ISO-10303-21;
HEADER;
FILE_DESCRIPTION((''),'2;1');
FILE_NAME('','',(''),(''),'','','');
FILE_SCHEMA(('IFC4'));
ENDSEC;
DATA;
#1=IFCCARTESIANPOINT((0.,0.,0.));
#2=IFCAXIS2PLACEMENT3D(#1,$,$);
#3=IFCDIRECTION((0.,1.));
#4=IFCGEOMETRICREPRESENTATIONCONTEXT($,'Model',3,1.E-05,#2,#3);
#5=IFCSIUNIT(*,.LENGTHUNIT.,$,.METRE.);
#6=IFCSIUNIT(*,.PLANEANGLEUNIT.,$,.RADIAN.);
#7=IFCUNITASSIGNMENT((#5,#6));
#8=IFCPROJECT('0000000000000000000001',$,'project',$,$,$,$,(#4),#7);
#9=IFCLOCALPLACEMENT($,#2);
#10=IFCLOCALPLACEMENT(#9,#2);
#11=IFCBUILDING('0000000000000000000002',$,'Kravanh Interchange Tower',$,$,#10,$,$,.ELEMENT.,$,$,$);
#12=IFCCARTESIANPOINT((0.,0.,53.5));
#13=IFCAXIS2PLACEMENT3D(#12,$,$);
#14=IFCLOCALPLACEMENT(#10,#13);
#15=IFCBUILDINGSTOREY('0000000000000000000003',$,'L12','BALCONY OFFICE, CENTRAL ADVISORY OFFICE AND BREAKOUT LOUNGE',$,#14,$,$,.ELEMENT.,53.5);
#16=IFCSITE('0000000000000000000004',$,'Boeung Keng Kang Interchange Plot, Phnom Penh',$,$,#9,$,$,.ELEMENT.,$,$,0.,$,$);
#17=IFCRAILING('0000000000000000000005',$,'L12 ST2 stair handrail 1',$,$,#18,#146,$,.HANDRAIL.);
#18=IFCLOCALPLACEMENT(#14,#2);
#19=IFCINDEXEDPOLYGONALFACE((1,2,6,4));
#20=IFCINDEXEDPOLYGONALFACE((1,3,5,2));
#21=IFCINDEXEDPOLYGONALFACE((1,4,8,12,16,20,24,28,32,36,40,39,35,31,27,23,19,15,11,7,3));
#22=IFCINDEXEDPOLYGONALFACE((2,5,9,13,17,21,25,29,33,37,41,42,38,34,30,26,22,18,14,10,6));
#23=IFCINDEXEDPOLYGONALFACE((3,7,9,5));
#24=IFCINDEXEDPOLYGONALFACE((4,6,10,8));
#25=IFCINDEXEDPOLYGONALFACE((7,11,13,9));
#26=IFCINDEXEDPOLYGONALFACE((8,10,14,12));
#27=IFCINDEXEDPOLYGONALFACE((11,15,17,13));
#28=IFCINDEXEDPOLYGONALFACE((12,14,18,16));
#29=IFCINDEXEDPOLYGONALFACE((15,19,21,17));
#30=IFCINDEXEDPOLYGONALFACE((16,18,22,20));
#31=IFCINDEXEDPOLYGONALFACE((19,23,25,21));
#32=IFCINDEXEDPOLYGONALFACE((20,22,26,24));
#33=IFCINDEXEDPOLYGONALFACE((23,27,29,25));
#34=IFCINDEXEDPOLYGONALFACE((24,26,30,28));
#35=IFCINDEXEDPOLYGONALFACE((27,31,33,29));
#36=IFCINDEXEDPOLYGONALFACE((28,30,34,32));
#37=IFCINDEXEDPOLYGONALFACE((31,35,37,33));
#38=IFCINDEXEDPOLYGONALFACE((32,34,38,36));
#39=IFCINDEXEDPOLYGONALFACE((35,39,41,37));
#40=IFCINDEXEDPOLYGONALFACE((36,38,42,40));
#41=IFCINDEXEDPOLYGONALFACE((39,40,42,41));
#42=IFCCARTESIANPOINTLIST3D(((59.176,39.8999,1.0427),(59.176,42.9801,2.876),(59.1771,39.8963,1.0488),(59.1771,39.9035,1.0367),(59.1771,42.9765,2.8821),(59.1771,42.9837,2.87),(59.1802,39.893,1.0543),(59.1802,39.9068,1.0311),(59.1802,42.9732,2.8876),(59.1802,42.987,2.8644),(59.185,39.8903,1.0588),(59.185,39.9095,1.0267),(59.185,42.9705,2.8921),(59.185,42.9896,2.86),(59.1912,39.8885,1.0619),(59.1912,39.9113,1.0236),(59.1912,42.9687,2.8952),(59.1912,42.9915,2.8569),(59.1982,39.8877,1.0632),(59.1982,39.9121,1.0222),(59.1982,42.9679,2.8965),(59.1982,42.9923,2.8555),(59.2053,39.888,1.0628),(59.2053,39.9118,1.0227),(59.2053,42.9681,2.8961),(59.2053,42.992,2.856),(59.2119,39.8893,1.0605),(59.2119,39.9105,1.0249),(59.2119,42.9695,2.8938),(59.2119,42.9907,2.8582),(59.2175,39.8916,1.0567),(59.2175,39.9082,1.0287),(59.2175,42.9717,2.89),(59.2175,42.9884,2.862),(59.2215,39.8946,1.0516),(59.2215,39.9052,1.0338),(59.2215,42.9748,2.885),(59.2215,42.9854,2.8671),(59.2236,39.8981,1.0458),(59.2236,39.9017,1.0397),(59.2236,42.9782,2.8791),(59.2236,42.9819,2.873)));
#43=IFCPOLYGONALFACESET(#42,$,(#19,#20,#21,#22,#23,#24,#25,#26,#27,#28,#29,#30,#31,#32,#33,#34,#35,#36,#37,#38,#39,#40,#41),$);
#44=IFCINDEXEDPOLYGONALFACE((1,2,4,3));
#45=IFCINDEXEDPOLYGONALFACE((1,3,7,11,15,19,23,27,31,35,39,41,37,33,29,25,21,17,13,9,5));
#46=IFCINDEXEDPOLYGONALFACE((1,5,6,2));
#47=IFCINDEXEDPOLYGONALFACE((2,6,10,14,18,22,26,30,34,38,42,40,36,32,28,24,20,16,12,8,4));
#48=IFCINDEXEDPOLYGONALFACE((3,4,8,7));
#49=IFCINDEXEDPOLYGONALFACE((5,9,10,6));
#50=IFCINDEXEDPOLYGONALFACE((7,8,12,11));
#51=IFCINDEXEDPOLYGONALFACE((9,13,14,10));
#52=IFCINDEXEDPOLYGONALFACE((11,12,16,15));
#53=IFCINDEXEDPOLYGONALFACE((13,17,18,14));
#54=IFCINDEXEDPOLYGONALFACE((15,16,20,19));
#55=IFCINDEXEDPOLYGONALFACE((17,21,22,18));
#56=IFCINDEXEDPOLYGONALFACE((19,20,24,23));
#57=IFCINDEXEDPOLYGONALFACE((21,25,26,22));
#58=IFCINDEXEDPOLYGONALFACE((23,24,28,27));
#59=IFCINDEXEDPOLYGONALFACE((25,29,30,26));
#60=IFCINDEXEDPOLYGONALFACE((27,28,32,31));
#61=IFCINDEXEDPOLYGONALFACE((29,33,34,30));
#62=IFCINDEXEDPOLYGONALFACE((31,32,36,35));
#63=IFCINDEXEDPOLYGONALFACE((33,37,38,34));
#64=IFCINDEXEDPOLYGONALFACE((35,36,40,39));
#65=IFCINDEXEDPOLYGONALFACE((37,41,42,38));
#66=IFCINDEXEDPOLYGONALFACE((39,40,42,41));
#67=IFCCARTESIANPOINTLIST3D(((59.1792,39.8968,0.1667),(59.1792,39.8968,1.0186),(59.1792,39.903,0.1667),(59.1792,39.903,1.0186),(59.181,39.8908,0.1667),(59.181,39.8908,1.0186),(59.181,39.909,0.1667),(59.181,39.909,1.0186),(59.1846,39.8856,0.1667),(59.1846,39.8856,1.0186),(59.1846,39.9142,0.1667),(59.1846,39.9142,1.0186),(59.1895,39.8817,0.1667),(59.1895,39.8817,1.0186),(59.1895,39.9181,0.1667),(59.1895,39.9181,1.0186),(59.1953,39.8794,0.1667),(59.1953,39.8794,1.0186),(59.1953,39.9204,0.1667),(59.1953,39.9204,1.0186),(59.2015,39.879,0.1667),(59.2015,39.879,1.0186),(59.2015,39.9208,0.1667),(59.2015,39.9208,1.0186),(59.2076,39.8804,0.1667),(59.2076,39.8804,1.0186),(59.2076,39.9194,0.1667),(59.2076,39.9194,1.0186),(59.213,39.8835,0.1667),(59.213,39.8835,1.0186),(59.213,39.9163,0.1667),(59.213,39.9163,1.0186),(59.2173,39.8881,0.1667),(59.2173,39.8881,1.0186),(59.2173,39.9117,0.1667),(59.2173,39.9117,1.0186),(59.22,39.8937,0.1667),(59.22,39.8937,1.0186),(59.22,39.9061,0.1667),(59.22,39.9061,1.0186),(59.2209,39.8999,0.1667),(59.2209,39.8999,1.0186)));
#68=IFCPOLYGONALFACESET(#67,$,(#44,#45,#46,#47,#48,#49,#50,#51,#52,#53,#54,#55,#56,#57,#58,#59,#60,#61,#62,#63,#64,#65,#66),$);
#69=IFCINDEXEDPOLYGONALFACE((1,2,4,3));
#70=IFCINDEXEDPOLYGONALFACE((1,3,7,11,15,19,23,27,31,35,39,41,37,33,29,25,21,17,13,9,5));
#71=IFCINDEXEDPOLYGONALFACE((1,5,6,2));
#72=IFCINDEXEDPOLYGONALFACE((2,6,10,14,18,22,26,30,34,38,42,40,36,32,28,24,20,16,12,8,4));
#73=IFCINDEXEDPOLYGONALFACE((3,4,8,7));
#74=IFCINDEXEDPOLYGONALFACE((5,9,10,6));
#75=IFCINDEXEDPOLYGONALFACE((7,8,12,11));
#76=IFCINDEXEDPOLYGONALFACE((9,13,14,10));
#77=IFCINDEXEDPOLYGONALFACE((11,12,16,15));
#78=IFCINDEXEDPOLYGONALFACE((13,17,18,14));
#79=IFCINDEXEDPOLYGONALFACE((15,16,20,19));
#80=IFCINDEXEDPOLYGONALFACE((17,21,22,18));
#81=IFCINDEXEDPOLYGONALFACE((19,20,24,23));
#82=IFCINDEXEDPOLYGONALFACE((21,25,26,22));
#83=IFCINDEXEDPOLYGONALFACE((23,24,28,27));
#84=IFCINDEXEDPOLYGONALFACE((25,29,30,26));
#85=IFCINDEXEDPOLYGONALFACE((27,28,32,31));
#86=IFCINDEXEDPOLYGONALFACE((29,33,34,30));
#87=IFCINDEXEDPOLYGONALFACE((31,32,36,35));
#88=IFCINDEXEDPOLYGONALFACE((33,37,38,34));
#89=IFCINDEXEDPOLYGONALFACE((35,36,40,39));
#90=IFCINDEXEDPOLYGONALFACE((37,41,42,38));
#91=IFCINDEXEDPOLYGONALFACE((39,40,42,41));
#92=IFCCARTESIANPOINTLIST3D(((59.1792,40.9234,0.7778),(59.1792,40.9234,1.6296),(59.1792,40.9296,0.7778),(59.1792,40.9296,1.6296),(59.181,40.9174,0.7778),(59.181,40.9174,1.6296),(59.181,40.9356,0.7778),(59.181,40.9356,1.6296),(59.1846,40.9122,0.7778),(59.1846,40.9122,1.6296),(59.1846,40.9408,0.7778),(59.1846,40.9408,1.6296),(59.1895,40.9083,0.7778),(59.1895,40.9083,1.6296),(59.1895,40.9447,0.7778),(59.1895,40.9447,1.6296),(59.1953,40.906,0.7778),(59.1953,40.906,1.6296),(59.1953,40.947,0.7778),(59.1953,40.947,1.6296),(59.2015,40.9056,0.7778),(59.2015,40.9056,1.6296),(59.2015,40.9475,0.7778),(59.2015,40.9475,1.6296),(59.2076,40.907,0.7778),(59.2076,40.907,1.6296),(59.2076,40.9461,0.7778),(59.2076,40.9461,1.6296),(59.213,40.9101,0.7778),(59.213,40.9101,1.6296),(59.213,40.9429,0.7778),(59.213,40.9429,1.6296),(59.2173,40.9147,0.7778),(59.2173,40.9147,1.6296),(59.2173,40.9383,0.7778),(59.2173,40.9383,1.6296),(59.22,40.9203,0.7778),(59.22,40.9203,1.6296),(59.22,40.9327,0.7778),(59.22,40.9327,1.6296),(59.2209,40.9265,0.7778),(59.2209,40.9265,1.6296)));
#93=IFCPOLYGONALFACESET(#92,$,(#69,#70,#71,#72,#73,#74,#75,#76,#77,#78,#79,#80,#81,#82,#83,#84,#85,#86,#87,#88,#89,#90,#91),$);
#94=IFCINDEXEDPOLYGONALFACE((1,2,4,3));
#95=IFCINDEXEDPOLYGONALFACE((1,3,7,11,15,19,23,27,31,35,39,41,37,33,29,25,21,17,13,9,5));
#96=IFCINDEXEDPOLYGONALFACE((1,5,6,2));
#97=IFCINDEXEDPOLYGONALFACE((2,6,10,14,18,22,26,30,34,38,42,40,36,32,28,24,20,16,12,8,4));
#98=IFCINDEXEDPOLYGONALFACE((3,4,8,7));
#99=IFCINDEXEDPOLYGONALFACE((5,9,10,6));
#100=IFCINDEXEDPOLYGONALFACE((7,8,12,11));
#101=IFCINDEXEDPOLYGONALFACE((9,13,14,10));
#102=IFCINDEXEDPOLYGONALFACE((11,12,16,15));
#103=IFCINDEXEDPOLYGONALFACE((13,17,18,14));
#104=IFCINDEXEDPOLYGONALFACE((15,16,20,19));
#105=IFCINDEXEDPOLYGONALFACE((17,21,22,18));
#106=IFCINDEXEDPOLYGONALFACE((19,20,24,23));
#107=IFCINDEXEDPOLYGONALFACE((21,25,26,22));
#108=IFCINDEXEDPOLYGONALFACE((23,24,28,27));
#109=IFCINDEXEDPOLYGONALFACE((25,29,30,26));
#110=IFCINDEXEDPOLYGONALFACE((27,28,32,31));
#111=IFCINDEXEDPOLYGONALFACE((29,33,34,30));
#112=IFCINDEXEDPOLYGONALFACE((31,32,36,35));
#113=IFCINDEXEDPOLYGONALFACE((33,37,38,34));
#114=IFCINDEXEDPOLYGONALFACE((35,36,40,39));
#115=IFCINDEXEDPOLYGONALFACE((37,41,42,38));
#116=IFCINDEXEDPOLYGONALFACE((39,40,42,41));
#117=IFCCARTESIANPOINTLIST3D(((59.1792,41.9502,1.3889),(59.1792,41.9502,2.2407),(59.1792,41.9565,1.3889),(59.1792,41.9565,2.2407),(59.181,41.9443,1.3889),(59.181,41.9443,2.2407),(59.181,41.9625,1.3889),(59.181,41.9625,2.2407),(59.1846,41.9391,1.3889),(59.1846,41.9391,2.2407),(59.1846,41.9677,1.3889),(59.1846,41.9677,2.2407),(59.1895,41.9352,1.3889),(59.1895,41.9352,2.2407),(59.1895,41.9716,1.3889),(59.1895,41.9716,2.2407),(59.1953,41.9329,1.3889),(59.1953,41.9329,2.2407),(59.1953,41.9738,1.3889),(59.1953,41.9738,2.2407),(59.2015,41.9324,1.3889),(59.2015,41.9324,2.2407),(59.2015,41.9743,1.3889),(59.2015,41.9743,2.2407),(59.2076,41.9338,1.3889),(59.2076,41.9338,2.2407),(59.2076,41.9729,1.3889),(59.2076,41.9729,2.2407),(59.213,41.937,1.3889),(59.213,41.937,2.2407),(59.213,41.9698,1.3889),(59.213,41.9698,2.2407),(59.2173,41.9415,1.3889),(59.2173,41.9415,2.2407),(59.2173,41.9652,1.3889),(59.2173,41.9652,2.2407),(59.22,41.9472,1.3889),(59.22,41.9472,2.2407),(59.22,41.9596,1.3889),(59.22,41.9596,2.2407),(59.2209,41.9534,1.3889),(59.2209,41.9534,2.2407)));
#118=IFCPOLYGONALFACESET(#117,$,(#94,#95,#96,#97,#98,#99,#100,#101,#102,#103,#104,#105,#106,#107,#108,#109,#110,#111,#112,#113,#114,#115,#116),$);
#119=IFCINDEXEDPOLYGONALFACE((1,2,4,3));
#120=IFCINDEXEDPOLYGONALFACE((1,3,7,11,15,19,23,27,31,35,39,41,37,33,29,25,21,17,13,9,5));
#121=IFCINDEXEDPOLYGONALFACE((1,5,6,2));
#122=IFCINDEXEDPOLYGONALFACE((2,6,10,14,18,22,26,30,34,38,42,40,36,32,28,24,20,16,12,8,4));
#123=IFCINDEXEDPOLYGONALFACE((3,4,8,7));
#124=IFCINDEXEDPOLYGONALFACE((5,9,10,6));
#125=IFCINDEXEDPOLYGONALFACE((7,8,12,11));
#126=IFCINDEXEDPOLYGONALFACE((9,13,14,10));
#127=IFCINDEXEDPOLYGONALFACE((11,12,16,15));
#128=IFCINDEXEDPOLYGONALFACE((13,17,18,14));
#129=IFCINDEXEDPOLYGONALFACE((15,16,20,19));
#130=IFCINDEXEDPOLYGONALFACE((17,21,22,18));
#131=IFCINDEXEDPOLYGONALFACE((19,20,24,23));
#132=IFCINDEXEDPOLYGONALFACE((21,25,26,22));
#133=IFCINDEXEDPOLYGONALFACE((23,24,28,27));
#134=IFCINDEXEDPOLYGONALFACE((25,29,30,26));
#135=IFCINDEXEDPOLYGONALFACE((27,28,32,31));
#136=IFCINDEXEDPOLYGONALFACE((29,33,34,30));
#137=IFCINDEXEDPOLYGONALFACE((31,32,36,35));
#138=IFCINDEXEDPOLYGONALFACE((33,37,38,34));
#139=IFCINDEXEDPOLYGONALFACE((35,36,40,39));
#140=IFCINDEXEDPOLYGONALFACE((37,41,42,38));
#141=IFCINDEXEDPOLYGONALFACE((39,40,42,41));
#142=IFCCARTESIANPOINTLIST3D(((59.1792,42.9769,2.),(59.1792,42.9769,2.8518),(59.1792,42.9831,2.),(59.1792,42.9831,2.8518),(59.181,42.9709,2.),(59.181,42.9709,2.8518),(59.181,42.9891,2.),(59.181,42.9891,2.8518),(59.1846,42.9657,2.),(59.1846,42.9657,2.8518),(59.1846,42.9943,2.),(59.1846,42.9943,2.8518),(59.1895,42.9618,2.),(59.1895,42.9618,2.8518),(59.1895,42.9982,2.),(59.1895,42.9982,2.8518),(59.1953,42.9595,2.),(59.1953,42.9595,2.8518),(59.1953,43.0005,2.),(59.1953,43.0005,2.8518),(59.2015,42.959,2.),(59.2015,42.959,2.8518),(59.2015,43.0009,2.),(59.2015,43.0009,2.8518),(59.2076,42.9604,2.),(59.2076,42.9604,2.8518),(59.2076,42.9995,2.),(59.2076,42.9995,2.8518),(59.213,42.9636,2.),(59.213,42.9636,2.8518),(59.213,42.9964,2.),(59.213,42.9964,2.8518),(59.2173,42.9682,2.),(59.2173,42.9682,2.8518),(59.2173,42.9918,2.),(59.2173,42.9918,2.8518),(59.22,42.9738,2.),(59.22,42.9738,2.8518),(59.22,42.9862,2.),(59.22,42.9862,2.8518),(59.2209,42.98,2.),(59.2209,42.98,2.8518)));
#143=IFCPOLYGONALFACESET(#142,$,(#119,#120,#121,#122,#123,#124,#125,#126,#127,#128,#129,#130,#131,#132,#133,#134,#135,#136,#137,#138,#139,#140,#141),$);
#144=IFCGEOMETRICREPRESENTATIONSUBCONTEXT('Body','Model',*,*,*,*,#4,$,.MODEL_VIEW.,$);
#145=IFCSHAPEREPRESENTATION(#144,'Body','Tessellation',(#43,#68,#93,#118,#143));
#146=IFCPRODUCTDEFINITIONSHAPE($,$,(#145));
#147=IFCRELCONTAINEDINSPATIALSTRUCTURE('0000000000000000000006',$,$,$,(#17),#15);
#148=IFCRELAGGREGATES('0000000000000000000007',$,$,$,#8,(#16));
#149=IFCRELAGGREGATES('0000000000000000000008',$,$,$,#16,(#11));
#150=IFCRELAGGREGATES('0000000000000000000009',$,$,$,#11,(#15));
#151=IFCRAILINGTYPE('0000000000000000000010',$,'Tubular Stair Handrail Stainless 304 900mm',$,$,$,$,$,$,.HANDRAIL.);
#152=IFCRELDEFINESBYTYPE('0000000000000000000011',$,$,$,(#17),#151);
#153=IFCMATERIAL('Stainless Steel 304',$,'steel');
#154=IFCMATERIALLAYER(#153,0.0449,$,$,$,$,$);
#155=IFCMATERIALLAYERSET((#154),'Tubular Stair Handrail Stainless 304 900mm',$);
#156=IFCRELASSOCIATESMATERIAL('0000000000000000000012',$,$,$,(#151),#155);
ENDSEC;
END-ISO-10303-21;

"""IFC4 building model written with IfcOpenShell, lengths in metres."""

from ifc_helpers import new_model, si_unit, direction, frame, origin, origin_2d, place, context, subcontext, project, spatial, circle, extrude, material, layer, layer_set, type_object, element, save


model = new_model("IFC4")

# Units and contexts
model_context = context("Model", 3, precision=1e-05, world=origin(), true_north=direction((0.0, 1.0)))
body_context = subcontext(model_context, "Body", "Model", "MODEL_VIEW")
ifc_project = project(units=[si_unit("LENGTHUNIT", "METRE"), si_unit("PLANEANGLEUNIT", "RADIAN")], contexts=[model_context])

# Site, building, storey
site_placement = place(None, origin())
site = spatial("IfcSite", under=ifc_project, at=site_placement, Name="Boeung Keng Kang Interchange Plot, Phnom Penh", CompositionType="ELEMENT", RefElevation=0.0)
building_placement = place(site_placement, origin())
building = spatial("IfcBuilding", under=site, at=building_placement, Name="Kravanh Interchange Tower", CompositionType="ELEMENT")
storey_placement = place(building_placement, frame((0.0, 0.0, 53.5)))
storey = spatial("IfcBuildingStorey", under=building, at=storey_placement, Name="L12", Description="BALCONY OFFICE, CENTRAL ADVISORY OFFICE AND BREAKOUT LOUNGE", CompositionType="ELEMENT", Elevation=53.5)

# Railing
ifc_material_1 = material(Name="Stainless Steel 304", Category="steel")
ifc_layer_1 = layer(ifc_material_1, 0.0449)
ifc_layer_set_1 = layer_set([ifc_layer_1], Name="Tubular Stair Handrail Stainless 304 900mm")
railing_type_1 = type_object("IfcRailingType", Name="Tubular Stair Handrail Stainless 304 900mm", PredefinedType="HANDRAIL", material=ifc_layer_set_1)
railing_1_placement = place(storey_placement, frame((59.2, 39.8999, 0.1667)))
element("IfcRailing", 1, at=railing_1_placement, inside=storey, type_object=railing_type_1, Name="L12 ST2 stair handrail 1", PredefinedType="HANDRAIL", context=body_context, shape_type="SweptSolid", body=[
    extrude(circle(Radius=0.0239, at=origin_2d()), frame((0.0, 0.0, 0.876), z_axis=(0.0, 0.859309, 0.511458), x_axis=(-1.0, 0.0, 0.0)), (0.0, 0.0, 1.0), 3.5845),
    extrude(circle(Radius=0.021, at=origin_2d()), origin(), (0.0, 0.0, 1.0), 0.8518),
    extrude(circle(Radius=0.021, at=origin_2d()), frame((0.0, 1.0266, 0.6111)), (0.0, 0.0, 1.0), 0.8518),
    extrude(circle(Radius=0.021, at=origin_2d()), frame((0.0, 2.0535, 1.2222)), (0.0, 0.0, 1.0), 0.8518),
    extrude(circle(Radius=0.021, at=origin_2d()), frame((0.0, 3.0801, 1.8333)), (0.0, 0.0, 1.0), 0.8518),
])

save(model, "model.ifc")
